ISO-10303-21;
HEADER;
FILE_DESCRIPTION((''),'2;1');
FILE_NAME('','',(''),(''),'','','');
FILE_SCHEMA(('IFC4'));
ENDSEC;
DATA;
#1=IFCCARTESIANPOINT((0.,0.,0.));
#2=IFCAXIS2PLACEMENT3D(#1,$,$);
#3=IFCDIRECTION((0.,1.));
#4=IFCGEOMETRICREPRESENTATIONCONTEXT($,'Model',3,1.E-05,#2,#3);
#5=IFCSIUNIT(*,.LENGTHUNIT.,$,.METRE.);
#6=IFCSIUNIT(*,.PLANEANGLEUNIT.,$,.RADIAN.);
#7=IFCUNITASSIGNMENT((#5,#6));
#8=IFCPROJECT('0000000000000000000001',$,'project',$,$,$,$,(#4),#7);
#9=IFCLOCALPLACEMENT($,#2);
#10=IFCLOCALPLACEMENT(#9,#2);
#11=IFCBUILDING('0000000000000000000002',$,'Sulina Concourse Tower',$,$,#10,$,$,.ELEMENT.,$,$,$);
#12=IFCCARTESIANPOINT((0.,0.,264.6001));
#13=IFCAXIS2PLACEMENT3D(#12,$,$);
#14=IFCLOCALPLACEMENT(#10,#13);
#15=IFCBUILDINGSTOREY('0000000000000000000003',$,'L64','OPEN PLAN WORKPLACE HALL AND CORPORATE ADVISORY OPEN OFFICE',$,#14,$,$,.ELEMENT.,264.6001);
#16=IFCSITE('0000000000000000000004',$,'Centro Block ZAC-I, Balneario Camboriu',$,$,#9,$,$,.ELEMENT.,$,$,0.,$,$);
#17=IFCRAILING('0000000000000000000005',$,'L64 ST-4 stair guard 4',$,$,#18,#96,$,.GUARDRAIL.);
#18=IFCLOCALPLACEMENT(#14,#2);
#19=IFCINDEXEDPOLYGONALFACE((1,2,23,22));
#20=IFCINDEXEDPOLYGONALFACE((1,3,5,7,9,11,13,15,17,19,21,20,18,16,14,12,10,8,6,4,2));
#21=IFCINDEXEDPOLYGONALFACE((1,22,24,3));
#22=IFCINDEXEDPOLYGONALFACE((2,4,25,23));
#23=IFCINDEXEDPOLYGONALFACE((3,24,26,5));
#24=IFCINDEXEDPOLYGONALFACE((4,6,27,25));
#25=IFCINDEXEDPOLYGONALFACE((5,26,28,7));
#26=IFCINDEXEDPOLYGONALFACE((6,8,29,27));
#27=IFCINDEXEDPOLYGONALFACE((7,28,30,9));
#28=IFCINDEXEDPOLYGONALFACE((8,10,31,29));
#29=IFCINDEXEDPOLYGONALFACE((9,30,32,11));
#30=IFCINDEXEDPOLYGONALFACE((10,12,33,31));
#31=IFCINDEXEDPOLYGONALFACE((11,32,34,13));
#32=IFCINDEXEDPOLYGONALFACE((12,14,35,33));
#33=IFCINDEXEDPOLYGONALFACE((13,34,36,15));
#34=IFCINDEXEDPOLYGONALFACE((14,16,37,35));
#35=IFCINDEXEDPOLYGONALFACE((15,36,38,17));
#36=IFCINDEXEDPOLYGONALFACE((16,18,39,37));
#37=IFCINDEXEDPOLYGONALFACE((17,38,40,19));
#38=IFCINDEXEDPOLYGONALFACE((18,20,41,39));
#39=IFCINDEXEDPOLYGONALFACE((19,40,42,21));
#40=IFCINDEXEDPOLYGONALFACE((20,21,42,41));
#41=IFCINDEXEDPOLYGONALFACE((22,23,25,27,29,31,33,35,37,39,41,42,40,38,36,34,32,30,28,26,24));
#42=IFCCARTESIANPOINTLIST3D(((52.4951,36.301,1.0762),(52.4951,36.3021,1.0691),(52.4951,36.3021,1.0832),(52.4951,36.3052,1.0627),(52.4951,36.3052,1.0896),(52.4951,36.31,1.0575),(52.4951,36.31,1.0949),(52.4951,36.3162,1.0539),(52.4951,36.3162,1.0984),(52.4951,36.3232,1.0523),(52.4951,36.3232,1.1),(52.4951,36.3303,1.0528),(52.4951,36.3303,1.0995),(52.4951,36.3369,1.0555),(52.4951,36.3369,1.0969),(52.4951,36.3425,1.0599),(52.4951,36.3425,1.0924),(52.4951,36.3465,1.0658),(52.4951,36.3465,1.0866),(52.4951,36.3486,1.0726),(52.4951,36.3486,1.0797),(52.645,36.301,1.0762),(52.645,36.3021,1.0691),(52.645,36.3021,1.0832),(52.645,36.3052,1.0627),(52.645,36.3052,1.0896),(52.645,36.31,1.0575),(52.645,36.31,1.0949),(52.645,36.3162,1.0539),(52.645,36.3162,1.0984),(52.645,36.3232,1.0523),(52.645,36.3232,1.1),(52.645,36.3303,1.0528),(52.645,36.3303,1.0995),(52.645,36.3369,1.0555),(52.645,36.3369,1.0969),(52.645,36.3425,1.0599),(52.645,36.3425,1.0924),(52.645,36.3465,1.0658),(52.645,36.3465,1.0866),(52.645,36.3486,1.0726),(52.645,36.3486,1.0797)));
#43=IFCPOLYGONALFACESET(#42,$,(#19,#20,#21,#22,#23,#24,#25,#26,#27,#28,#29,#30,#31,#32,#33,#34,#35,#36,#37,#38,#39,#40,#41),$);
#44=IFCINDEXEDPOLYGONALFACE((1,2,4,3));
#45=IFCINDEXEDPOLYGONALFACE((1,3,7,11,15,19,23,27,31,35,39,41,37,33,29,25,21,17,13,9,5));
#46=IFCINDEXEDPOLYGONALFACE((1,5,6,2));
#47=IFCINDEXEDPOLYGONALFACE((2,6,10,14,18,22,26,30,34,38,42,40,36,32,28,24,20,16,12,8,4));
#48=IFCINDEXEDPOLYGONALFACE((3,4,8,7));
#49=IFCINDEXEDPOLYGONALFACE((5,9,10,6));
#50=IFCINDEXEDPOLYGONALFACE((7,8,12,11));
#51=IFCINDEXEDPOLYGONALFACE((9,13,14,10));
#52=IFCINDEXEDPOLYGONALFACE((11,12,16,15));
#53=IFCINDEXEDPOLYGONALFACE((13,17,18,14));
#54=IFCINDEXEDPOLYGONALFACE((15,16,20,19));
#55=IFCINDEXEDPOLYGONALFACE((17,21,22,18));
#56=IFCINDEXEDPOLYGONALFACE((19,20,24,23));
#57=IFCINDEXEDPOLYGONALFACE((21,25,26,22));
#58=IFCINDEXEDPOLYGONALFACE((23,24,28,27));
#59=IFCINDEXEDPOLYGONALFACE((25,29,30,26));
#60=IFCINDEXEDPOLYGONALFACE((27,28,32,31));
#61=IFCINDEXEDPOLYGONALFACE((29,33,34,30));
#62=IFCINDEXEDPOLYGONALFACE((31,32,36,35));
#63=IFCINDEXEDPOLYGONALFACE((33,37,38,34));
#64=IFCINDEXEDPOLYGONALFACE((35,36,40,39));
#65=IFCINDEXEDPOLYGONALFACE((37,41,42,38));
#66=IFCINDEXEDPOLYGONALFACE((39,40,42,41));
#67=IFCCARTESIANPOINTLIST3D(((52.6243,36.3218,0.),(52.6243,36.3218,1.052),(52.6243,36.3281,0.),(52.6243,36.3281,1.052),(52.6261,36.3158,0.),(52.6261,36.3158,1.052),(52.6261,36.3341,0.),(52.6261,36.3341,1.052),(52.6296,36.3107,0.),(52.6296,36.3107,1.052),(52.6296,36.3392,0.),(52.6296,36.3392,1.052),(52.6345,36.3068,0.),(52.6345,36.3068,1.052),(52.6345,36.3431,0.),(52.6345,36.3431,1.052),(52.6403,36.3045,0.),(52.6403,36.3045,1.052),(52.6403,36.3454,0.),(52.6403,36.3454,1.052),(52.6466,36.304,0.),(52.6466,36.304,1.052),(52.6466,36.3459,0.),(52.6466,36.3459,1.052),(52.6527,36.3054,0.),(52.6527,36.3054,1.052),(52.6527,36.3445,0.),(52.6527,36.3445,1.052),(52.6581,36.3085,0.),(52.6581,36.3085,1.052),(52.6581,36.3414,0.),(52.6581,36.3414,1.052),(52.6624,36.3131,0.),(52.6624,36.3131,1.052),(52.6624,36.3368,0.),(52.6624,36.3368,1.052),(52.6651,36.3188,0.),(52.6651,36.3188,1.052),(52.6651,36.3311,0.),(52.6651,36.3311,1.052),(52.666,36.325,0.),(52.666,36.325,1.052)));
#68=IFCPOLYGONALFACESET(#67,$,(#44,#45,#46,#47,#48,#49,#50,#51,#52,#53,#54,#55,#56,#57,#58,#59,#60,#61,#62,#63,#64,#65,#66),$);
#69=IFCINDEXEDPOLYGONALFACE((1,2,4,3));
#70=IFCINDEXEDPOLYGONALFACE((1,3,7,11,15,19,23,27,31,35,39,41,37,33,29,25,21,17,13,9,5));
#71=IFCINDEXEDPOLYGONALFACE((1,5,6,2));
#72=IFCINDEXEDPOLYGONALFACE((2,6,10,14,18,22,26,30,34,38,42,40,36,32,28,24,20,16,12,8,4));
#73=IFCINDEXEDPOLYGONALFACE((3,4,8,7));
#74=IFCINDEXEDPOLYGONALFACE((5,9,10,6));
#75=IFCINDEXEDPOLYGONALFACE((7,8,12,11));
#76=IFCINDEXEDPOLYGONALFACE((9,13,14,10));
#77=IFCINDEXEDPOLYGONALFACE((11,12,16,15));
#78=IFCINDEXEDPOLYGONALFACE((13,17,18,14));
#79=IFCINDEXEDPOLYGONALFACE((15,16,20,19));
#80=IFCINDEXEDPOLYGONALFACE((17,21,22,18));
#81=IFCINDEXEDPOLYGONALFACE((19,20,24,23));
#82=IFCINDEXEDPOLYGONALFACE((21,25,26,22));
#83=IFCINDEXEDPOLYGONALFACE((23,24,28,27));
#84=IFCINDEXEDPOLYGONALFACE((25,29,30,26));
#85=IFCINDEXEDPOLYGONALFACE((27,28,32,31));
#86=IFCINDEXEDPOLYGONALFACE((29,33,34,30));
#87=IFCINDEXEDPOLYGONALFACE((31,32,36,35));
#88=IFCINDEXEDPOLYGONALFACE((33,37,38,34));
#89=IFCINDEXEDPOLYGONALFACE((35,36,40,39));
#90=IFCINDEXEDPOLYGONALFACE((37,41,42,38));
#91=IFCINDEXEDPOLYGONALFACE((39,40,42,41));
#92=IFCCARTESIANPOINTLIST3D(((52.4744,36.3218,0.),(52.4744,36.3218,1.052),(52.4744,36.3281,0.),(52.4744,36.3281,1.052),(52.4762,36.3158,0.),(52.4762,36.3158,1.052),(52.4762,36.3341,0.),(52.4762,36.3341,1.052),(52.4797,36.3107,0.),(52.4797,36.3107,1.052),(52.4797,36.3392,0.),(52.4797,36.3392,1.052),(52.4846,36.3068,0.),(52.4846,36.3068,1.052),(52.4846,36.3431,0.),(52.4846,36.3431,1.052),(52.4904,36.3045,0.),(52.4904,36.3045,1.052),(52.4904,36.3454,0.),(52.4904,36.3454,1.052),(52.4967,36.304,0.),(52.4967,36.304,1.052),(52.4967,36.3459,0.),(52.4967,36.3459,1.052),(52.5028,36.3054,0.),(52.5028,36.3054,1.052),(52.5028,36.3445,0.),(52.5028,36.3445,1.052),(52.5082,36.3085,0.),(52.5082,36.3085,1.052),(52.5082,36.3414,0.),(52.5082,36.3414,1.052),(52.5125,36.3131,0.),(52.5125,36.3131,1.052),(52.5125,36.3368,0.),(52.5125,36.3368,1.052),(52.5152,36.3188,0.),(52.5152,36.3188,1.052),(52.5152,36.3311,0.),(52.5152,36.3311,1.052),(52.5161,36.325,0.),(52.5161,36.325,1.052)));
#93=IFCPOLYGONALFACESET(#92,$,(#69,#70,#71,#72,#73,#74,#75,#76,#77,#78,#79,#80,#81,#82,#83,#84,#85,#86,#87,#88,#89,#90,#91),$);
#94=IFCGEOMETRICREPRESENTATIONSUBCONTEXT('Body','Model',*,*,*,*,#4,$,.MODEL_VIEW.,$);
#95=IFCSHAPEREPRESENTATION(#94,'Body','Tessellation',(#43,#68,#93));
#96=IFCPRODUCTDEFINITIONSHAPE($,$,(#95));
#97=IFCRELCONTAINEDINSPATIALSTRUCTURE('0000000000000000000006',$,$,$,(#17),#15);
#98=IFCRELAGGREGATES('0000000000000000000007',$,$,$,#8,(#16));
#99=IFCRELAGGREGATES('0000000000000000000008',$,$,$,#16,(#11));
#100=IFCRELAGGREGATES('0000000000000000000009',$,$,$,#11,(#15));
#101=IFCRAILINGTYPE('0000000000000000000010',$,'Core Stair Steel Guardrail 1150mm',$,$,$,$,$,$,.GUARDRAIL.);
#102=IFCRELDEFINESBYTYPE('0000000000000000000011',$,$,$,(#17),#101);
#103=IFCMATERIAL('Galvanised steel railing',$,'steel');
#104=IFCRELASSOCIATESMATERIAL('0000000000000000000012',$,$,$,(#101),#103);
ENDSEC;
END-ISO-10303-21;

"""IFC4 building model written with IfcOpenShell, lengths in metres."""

from ifc_helpers import new_model, si_unit, direction, frame, origin, origin_2d, place, context, subcontext, project, spatial, circle, extrude, material, type_object, element, save


model = new_model("IFC4")

# Units and contexts
model_context = context("Model", 3, precision=1e-05, world=origin(), true_north=direction((0.0, 1.0)))
body_context = subcontext(model_context, "Body", "Model", "MODEL_VIEW")
ifc_project = project(units=[si_unit("LENGTHUNIT", "METRE"), si_unit("PLANEANGLEUNIT", "RADIAN")], contexts=[model_context])

# Site, building, storey
site_placement = place(None, origin())
site = spatial("IfcSite", under=ifc_project, at=site_placement, Name="Centro Block ZAC-I, Balneario Camboriu", CompositionType="ELEMENT", RefElevation=0.0)
building_placement = place(site_placement, origin())
building = spatial("IfcBuilding", under=site, at=building_placement, Name="Sulina Concourse Tower", CompositionType="ELEMENT")
storey_placement = place(building_placement, frame((0.0, 0.0, 264.6001)))
storey = spatial("IfcBuildingStorey", under=building, at=storey_placement, Name="L64", Description="OPEN PLAN WORKPLACE HALL AND CORPORATE ADVISORY OPEN OFFICE", CompositionType="ELEMENT", Elevation=264.6001)

# Railing
ifc_material_1 = material(Name="Galvanised steel railing", Category="steel")
railing_type_1 = type_object("IfcRailingType", Name="Core Stair Steel Guardrail 1150mm", PredefinedType="GUARDRAIL", material=ifc_material_1)
railing_1_placement = place(storey_placement, frame((52.645, 36.325, 0.0)))
element("IfcRailing", 1, at=railing_1_placement, inside=storey, type_object=railing_type_1, Name="L64 ST-4 stair guard 4", PredefinedType="GUARDRAIL", context=body_context, shape_type="SweptSolid", body=[
    extrude(circle(Radius=0.0239, at=origin_2d()), frame((0.0, 0.0, 1.0762), z_axis=(-1.0, 0.0, 0.0), x_axis=(0.0, -1.0, 0.0)), (0.0, 0.0, 1.0), 0.1499),
    extrude(circle(Radius=0.021, at=origin_2d()), origin(), (0.0, 0.0, 1.0), 1.052),
    extrude(circle(Radius=0.021, at=origin_2d()), frame((-0.1499, 0.0, 0.0)), (0.0, 0.0, 1.0), 1.052),
])

save(model, "model.ifc")
